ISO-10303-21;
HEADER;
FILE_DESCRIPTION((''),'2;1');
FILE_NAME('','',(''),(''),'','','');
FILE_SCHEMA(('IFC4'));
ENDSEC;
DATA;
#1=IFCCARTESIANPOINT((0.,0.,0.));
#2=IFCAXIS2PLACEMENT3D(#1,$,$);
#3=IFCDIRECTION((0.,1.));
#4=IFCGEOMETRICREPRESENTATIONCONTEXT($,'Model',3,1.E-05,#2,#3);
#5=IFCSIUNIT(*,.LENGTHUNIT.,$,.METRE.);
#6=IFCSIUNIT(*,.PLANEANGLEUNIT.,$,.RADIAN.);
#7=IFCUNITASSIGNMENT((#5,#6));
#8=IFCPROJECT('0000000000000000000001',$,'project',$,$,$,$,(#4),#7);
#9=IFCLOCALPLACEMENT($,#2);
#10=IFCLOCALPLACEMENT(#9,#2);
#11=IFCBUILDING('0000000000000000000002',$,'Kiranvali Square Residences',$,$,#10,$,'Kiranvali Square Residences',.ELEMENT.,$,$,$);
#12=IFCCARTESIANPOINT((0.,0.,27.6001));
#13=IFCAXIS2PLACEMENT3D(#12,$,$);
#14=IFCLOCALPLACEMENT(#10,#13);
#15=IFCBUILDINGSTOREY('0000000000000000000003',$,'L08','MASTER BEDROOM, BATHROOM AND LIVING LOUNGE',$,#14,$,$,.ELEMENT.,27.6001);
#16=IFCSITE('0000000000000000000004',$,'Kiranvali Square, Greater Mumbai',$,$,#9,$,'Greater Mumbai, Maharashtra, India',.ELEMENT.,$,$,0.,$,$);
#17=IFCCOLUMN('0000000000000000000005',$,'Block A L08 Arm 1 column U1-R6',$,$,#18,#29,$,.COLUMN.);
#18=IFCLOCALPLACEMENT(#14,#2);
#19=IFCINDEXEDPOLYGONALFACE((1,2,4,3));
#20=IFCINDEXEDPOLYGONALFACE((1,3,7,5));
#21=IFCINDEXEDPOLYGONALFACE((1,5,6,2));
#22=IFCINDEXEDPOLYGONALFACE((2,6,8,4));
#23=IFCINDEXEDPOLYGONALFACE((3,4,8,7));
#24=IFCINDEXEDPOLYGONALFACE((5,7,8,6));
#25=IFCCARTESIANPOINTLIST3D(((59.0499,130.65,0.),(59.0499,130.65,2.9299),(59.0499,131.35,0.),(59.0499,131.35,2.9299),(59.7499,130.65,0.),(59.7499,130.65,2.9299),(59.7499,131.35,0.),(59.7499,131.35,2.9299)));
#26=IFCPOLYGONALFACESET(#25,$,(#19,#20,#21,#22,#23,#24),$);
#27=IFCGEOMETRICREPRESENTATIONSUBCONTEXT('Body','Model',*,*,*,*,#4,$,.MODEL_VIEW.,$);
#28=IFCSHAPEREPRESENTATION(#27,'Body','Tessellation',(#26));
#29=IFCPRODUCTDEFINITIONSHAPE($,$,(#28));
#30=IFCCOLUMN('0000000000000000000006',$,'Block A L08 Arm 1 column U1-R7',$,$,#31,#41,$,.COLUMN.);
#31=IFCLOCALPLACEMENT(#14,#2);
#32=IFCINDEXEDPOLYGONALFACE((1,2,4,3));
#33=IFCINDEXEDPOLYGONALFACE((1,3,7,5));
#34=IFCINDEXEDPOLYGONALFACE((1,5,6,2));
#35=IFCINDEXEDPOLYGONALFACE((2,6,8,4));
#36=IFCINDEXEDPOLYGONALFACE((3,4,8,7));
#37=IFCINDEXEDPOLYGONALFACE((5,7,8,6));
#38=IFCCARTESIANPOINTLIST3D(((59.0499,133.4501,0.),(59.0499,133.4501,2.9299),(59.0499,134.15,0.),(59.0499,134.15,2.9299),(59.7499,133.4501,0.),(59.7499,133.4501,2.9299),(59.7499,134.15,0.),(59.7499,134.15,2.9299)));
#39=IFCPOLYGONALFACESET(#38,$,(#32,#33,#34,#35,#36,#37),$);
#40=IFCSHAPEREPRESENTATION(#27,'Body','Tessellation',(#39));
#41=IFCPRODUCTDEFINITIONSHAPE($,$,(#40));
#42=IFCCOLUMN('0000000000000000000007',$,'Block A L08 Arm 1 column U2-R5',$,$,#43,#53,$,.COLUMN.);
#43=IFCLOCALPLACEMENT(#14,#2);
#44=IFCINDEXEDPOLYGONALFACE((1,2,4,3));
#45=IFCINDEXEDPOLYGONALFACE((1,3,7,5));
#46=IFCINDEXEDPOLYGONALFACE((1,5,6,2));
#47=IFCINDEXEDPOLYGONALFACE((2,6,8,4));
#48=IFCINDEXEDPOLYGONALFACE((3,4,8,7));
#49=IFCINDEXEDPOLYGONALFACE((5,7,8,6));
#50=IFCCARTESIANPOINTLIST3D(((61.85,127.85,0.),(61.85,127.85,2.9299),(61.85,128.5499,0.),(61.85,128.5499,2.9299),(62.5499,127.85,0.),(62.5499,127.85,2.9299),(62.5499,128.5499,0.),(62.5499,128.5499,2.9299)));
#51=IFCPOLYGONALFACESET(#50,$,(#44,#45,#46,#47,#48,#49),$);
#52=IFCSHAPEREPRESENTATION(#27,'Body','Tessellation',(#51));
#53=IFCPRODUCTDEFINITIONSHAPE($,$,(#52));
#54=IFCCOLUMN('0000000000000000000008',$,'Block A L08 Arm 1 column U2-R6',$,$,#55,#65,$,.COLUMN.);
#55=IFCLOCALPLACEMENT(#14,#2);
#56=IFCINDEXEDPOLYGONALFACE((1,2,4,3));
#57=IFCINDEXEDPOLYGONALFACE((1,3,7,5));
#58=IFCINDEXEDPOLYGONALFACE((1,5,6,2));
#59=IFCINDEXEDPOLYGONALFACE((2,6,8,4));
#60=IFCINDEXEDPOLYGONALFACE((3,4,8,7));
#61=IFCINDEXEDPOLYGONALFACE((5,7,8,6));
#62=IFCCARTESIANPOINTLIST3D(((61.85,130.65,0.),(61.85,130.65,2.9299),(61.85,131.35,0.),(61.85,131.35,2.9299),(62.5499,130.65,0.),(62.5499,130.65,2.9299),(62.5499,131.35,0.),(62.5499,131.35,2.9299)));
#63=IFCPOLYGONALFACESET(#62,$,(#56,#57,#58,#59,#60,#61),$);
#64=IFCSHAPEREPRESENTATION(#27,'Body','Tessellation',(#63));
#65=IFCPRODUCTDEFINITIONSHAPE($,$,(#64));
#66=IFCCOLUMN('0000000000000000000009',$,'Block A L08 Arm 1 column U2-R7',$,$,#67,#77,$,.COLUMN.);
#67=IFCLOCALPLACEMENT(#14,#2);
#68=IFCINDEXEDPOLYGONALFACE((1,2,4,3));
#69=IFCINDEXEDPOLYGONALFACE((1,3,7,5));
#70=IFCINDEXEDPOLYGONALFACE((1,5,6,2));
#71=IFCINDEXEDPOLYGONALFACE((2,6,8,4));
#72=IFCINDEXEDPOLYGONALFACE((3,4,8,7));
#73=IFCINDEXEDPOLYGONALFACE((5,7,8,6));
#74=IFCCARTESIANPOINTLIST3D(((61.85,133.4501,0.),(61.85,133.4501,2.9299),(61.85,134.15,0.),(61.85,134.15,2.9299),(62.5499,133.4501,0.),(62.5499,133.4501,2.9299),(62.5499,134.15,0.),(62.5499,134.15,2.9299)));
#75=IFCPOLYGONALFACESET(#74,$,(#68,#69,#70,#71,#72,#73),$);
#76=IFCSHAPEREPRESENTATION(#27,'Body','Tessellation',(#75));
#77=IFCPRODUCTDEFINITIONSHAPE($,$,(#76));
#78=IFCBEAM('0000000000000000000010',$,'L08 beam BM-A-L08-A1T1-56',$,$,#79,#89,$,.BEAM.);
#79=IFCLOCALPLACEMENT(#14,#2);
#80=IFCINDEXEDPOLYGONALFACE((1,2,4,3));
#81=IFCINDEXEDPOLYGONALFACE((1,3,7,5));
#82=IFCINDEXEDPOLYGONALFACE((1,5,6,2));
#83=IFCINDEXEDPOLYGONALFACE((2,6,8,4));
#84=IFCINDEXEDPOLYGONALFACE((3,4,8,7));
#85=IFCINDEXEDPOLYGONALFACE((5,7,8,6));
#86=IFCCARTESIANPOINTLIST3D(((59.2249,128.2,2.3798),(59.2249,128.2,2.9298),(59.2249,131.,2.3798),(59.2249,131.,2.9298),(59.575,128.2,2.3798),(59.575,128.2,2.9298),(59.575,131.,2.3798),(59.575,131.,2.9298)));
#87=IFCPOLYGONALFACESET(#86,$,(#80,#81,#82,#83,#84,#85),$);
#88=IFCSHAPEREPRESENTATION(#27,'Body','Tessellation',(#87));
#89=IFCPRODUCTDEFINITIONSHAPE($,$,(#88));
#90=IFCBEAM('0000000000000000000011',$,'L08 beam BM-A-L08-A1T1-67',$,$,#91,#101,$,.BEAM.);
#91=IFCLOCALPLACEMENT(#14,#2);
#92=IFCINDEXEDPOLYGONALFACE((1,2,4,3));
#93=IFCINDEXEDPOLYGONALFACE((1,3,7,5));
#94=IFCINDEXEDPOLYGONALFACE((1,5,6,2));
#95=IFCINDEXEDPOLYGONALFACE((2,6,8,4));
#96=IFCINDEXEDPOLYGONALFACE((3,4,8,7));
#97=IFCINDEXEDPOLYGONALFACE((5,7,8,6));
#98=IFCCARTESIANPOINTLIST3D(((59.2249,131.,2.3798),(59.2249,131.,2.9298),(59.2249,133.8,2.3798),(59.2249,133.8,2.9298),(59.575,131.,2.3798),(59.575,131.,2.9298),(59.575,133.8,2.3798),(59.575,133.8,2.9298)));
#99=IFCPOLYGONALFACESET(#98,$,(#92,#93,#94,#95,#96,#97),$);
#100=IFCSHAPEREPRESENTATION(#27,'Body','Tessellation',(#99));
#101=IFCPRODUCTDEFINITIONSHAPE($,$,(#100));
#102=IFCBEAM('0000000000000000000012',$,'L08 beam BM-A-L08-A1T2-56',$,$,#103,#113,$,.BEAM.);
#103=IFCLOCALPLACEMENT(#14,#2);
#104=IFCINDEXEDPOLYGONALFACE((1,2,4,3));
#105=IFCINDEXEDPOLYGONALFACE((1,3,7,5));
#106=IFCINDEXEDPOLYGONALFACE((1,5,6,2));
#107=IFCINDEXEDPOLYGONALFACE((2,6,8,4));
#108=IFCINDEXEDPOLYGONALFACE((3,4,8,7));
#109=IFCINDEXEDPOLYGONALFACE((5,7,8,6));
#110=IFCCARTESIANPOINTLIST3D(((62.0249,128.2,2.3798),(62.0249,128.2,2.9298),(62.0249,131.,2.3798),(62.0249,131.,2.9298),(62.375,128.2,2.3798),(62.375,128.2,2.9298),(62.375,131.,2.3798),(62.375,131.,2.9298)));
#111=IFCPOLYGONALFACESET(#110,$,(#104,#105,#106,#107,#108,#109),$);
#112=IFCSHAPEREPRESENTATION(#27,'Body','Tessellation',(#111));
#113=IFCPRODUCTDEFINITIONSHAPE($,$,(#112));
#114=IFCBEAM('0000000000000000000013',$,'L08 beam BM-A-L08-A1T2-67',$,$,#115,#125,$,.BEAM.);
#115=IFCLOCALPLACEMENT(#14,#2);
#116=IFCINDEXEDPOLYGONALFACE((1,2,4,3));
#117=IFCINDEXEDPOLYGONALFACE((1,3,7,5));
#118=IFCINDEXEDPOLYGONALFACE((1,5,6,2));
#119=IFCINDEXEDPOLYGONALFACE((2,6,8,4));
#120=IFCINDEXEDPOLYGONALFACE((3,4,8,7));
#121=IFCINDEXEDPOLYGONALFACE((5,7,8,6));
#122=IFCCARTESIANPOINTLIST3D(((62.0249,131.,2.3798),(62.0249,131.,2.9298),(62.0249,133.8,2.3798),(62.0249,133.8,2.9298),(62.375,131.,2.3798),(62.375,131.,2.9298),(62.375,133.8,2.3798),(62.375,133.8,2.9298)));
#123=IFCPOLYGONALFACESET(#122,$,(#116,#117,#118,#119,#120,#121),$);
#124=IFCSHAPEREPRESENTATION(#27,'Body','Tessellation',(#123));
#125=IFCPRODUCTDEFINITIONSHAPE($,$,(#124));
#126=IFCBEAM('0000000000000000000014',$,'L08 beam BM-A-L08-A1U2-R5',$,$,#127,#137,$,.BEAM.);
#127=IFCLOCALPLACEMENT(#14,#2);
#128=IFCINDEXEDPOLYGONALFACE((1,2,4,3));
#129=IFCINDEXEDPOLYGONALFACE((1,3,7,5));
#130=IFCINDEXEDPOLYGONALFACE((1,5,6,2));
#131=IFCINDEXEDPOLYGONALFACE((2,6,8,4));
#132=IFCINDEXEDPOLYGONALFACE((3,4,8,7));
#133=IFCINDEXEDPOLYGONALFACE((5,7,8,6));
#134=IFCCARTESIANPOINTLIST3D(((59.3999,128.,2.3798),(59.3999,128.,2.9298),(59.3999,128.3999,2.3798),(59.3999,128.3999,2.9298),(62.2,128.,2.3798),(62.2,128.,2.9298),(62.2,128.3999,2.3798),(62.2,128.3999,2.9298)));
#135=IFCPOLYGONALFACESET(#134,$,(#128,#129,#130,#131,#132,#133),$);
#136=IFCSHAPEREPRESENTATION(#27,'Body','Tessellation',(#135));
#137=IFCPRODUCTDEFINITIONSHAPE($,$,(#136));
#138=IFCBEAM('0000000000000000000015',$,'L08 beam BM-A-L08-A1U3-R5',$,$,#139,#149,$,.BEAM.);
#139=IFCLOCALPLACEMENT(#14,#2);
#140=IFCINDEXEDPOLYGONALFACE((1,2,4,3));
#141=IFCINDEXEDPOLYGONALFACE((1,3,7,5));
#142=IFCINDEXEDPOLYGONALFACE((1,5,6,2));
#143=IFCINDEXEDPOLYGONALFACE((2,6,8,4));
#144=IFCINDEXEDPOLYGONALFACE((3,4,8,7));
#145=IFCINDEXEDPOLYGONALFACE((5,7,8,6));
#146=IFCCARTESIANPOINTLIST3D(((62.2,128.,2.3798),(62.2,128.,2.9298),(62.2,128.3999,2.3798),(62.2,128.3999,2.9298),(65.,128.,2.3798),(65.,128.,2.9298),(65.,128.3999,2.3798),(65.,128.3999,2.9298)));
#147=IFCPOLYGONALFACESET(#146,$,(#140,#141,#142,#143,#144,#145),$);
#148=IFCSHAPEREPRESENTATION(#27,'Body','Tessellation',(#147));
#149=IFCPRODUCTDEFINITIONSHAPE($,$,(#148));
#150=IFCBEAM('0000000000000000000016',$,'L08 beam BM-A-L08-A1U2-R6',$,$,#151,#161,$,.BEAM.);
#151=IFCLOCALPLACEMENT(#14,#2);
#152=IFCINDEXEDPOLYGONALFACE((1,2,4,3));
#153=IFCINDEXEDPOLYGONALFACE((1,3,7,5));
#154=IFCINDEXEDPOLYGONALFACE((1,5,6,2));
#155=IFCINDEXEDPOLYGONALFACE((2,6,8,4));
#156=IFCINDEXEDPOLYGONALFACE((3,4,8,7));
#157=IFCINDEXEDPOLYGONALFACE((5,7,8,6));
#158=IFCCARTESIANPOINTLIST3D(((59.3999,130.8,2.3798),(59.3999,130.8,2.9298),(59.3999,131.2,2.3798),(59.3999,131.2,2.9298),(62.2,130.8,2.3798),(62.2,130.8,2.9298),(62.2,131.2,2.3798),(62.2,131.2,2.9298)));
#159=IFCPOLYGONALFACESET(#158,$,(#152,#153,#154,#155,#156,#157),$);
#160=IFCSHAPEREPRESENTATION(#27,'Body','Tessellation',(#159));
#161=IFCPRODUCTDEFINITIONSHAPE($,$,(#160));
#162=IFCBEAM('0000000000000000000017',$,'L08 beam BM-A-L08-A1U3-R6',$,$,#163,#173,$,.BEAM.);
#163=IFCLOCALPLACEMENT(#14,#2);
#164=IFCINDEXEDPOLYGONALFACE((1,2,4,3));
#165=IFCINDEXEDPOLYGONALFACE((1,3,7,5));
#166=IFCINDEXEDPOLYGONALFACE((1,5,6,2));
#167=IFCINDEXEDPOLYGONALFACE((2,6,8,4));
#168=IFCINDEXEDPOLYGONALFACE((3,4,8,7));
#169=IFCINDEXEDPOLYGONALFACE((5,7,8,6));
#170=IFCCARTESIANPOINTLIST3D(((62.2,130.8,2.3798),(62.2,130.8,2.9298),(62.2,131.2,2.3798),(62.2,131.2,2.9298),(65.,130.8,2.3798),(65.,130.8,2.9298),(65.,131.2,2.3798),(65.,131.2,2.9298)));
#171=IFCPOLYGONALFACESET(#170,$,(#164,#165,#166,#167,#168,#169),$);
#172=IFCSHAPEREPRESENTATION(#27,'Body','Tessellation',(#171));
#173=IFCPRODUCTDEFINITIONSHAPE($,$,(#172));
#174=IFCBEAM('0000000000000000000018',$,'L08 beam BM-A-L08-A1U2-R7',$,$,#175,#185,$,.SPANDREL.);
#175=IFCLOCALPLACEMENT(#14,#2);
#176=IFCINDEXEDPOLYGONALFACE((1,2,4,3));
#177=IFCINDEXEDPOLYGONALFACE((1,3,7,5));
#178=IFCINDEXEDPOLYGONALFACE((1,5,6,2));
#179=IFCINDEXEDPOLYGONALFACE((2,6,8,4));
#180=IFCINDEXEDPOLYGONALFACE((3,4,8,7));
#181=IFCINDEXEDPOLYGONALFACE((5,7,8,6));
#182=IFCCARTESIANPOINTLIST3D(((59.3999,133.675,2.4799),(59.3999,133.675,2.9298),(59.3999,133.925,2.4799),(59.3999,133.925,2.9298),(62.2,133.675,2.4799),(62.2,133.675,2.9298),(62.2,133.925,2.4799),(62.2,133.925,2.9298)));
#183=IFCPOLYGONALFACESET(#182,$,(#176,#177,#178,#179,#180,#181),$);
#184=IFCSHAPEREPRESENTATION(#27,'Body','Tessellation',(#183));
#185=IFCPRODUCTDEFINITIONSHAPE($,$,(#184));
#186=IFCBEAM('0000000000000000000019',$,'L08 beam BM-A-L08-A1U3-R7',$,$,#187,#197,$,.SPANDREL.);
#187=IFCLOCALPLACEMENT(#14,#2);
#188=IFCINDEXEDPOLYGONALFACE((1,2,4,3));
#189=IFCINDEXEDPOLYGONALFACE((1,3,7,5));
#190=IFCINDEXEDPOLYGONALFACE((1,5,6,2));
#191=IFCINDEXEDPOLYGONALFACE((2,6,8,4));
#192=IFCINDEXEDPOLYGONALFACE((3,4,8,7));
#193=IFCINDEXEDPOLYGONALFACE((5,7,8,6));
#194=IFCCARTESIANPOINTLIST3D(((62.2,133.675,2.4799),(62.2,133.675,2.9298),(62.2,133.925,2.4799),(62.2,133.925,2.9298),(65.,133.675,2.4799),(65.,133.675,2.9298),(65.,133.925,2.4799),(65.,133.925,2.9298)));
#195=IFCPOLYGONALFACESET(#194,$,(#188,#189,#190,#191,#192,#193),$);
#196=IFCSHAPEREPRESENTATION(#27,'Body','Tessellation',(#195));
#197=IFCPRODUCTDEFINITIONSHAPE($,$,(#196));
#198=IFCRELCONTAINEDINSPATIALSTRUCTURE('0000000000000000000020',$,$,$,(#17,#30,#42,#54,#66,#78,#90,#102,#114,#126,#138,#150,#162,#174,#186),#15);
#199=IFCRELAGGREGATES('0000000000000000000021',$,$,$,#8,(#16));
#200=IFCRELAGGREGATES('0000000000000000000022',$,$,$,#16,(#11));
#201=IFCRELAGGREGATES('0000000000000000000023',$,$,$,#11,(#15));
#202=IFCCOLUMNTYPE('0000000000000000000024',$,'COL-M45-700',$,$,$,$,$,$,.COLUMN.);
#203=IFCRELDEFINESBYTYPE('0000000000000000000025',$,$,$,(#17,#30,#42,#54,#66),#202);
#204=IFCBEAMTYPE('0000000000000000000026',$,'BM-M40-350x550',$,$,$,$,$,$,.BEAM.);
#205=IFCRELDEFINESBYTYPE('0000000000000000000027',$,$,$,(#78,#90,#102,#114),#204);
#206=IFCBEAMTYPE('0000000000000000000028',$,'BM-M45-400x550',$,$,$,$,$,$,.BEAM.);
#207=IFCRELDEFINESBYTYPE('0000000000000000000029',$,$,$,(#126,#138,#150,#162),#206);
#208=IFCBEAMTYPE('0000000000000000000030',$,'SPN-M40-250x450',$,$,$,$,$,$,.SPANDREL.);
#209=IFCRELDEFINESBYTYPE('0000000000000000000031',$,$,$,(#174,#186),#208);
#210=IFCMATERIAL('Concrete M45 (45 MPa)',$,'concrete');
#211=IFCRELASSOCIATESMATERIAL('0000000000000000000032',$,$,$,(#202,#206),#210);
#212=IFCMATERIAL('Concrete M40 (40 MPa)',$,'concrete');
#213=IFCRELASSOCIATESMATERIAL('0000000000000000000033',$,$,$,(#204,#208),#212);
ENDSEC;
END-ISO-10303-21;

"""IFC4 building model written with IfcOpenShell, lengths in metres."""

from ifc_helpers import new_model, si_unit, direction, frame, origin, origin_2d, place, context, subcontext, project, spatial, rectangle, extrude, material, material_profile, profile_set, type_object, element, save


model = new_model("IFC4")

# Units and contexts
model_context = context("Model", 3, precision=1e-05, world=origin(), true_north=direction((0.0, 1.0)))
body_context = subcontext(model_context, "Body", "Model", "MODEL_VIEW")
ifc_project = project(units=[si_unit("LENGTHUNIT", "METRE"), si_unit("PLANEANGLEUNIT", "RADIAN")], contexts=[model_context])

# Site, building, storey
site_placement = place(None, origin())
site = spatial("IfcSite", under=ifc_project, at=site_placement, Name="Kiranvali Square, Greater Mumbai", LongName="Greater Mumbai, Maharashtra, India", CompositionType="ELEMENT", RefElevation=0.0)
building_placement = place(site_placement, origin())
building = spatial("IfcBuilding", under=site, at=building_placement, Name="Kiranvali Square Residences", LongName="Kiranvali Square Residences", CompositionType="ELEMENT")
storey_placement = place(building_placement, frame((0.0, 0.0, 27.6001)))
storey = spatial("IfcBuildingStorey", under=building, at=storey_placement, Name="L08", Description="MASTER BEDROOM, BATHROOM AND LIVING LOUNGE", CompositionType="ELEMENT", Elevation=27.6001)

# Columns
ifc_material_1 = material(Name="Concrete M45 (45 MPa)", Category="concrete")
ifc_material_profile_1 = material_profile(ifc_material_1, rectangle(XDim=0.7, YDim=0.7, at=origin_2d()), Name="RC 700x700")
ifc_profile_set_1 = profile_set([ifc_material_profile_1], Name="Concrete M45 (45 MPa)")
column_type = type_object("IfcColumnType", Name="COL-M45-700", PredefinedType="COLUMN", material=ifc_profile_set_1)
for number, where, z_axis, x_axis, name in (
    (1, (59.3999, 131.0, 0.0), (0.0, 0.0, 1.0), (1.0, 0.0, 0.0), "Block A L08 Arm 1 column U1-R6"),
    (2, (59.3999, 133.8, 0.0), (0.0, 0.0, 1.0), (1.0, 0.0, 0.0), "Block A L08 Arm 1 column U1-R7"),
    (3, (62.2, 128.2, 0.0), (0.0, 0.0, 1.0), (1.0, 0.0, 0.0), "Block A L08 Arm 1 column U2-R5"),
    (4, (62.2, 131.0, 0.0), (0.0, 0.0, 1.0), (1.0, 0.0, 0.0), "Block A L08 Arm 1 column U2-R6"),
    (5, (62.2, 133.8, 0.0), (0.0, 0.0, 1.0), (1.0, 0.0, 0.0), "Block A L08 Arm 1 column U2-R7"),
):
    element("IfcColumn", number, at=place(storey_placement, frame(where, z_axis=z_axis, x_axis=x_axis)), inside=storey, type_object=column_type, Name=name, PredefinedType="COLUMN", context=body_context, shape_type="SweptSolid", body=[
        extrude(rectangle(XDim=0.7, YDim=0.7, at=origin_2d()), origin(), (0.0, 0.0, 1.0), 2.9299),
    ])

# Beams
ifc_material_2 = material(Name="Concrete M40 (40 MPa)", Category="concrete")
ifc_material_profile_2 = material_profile(ifc_material_2, rectangle(XDim=0.3501, YDim=0.55, at=origin_2d()), Name="RC 350x550")
ifc_profile_set_2 = profile_set([ifc_material_profile_2], Name="Concrete M40 (40 MPa)")
beam_type_1 = type_object("IfcBeamType", Name="BM-M40-350x550", PredefinedType="BEAM", material=ifc_profile_set_2)
for number, where, z_axis, x_axis, name in (
    (6, (59.3999, 128.2, 2.6548), (0.0, 1.0, 0.0), (-1.0, 0.0, 0.0), "L08 beam BM-A-L08-A1T1-56"),
    (7, (59.3999, 131.0, 2.6548), (0.0, 1.0, 0.0), (-1.0, 0.0, 0.0), "L08 beam BM-A-L08-A1T1-67"),
    (8, (62.2, 128.2, 2.6548), (0.0, 1.0, 0.0), (-1.0, 0.0, 0.0), "L08 beam BM-A-L08-A1T2-56"),
    (9, (62.2, 131.0, 2.6548), (0.0, 1.0, 0.0), (-1.0, 0.0, 0.0), "L08 beam BM-A-L08-A1T2-67"),
):
    element("IfcBeam", number, at=place(storey_placement, frame(where, z_axis=z_axis, x_axis=x_axis)), inside=storey, type_object=beam_type_1, Name=name, PredefinedType="BEAM", context=body_context, shape_type="SweptSolid", body=[
        extrude(rectangle(XDim=0.3501, YDim=0.55, at=origin_2d()), origin(), (0.0, 0.0, 1.0), 2.8),
    ])
ifc_material_profile_3 = material_profile(ifc_material_1, rectangle(XDim=0.3999, YDim=0.55, at=origin_2d()), Name="RC 400x550")
ifc_profile_set_3 = profile_set([ifc_material_profile_3], Name="Concrete M45 (45 MPa)")
beam_type_2 = type_object("IfcBeamType", Name="BM-M45-400x550", PredefinedType="BEAM", material=ifc_profile_set_3)
for number, where, z_axis, x_axis, name in (
    (10, (59.3999, 128.2, 2.6548), (1.0, 0.0, 0.0), (0.0, 1.0, 0.0), "L08 beam BM-A-L08-A1U2-R5"),
    (11, (62.2, 128.2, 2.6548), (1.0, 0.0, 0.0), (0.0, 1.0, 0.0), "L08 beam BM-A-L08-A1U3-R5"),
    (12, (59.3999, 131.0, 2.6548), (1.0, 0.0, 0.0), (0.0, 1.0, 0.0), "L08 beam BM-A-L08-A1U2-R6"),
    (13, (62.2, 131.0, 2.6548), (1.0, 0.0, 0.0), (0.0, 1.0, 0.0), "L08 beam BM-A-L08-A1U3-R6"),
):
    element("IfcBeam", number, at=place(storey_placement, frame(where, z_axis=z_axis, x_axis=x_axis)), inside=storey, type_object=beam_type_2, Name=name, PredefinedType="BEAM", context=body_context, shape_type="SweptSolid", body=[
        extrude(rectangle(XDim=0.3999, YDim=0.55, at=origin_2d()), origin(), (0.0, 0.0, 1.0), 2.8),
    ])
ifc_material_profile_4 = material_profile(ifc_material_2, rectangle(XDim=0.25, YDim=0.45, at=origin_2d()), Name="RC 250x450")
ifc_profile_set_4 = profile_set([ifc_material_profile_4], Name="Concrete M40 (40 MPa)")
beam_type_3 = type_object("IfcBeamType", Name="SPN-M40-250x450", PredefinedType="SPANDREL", material=ifc_profile_set_4)
for number, where, z_axis, x_axis, name in (
    (14, (59.3999, 133.8, 2.7048), (1.0, 0.0, 0.0), (0.0, 1.0, 0.0), "L08 beam BM-A-L08-A1U2-R7"),
    (15, (62.2, 133.8, 2.7048), (1.0, 0.0, 0.0), (0.0, 1.0, 0.0), "L08 beam BM-A-L08-A1U3-R7"),
):
    element("IfcBeam", number, at=place(storey_placement, frame(where, z_axis=z_axis, x_axis=x_axis)), inside=storey, type_object=beam_type_3, Name=name, PredefinedType="SPANDREL", context=body_context, shape_type="SweptSolid", body=[
        extrude(rectangle(XDim=0.25, YDim=0.45, at=origin_2d()), origin(), (0.0, 0.0, 1.0), 2.8),
    ])

save(model, "model.ifc")
